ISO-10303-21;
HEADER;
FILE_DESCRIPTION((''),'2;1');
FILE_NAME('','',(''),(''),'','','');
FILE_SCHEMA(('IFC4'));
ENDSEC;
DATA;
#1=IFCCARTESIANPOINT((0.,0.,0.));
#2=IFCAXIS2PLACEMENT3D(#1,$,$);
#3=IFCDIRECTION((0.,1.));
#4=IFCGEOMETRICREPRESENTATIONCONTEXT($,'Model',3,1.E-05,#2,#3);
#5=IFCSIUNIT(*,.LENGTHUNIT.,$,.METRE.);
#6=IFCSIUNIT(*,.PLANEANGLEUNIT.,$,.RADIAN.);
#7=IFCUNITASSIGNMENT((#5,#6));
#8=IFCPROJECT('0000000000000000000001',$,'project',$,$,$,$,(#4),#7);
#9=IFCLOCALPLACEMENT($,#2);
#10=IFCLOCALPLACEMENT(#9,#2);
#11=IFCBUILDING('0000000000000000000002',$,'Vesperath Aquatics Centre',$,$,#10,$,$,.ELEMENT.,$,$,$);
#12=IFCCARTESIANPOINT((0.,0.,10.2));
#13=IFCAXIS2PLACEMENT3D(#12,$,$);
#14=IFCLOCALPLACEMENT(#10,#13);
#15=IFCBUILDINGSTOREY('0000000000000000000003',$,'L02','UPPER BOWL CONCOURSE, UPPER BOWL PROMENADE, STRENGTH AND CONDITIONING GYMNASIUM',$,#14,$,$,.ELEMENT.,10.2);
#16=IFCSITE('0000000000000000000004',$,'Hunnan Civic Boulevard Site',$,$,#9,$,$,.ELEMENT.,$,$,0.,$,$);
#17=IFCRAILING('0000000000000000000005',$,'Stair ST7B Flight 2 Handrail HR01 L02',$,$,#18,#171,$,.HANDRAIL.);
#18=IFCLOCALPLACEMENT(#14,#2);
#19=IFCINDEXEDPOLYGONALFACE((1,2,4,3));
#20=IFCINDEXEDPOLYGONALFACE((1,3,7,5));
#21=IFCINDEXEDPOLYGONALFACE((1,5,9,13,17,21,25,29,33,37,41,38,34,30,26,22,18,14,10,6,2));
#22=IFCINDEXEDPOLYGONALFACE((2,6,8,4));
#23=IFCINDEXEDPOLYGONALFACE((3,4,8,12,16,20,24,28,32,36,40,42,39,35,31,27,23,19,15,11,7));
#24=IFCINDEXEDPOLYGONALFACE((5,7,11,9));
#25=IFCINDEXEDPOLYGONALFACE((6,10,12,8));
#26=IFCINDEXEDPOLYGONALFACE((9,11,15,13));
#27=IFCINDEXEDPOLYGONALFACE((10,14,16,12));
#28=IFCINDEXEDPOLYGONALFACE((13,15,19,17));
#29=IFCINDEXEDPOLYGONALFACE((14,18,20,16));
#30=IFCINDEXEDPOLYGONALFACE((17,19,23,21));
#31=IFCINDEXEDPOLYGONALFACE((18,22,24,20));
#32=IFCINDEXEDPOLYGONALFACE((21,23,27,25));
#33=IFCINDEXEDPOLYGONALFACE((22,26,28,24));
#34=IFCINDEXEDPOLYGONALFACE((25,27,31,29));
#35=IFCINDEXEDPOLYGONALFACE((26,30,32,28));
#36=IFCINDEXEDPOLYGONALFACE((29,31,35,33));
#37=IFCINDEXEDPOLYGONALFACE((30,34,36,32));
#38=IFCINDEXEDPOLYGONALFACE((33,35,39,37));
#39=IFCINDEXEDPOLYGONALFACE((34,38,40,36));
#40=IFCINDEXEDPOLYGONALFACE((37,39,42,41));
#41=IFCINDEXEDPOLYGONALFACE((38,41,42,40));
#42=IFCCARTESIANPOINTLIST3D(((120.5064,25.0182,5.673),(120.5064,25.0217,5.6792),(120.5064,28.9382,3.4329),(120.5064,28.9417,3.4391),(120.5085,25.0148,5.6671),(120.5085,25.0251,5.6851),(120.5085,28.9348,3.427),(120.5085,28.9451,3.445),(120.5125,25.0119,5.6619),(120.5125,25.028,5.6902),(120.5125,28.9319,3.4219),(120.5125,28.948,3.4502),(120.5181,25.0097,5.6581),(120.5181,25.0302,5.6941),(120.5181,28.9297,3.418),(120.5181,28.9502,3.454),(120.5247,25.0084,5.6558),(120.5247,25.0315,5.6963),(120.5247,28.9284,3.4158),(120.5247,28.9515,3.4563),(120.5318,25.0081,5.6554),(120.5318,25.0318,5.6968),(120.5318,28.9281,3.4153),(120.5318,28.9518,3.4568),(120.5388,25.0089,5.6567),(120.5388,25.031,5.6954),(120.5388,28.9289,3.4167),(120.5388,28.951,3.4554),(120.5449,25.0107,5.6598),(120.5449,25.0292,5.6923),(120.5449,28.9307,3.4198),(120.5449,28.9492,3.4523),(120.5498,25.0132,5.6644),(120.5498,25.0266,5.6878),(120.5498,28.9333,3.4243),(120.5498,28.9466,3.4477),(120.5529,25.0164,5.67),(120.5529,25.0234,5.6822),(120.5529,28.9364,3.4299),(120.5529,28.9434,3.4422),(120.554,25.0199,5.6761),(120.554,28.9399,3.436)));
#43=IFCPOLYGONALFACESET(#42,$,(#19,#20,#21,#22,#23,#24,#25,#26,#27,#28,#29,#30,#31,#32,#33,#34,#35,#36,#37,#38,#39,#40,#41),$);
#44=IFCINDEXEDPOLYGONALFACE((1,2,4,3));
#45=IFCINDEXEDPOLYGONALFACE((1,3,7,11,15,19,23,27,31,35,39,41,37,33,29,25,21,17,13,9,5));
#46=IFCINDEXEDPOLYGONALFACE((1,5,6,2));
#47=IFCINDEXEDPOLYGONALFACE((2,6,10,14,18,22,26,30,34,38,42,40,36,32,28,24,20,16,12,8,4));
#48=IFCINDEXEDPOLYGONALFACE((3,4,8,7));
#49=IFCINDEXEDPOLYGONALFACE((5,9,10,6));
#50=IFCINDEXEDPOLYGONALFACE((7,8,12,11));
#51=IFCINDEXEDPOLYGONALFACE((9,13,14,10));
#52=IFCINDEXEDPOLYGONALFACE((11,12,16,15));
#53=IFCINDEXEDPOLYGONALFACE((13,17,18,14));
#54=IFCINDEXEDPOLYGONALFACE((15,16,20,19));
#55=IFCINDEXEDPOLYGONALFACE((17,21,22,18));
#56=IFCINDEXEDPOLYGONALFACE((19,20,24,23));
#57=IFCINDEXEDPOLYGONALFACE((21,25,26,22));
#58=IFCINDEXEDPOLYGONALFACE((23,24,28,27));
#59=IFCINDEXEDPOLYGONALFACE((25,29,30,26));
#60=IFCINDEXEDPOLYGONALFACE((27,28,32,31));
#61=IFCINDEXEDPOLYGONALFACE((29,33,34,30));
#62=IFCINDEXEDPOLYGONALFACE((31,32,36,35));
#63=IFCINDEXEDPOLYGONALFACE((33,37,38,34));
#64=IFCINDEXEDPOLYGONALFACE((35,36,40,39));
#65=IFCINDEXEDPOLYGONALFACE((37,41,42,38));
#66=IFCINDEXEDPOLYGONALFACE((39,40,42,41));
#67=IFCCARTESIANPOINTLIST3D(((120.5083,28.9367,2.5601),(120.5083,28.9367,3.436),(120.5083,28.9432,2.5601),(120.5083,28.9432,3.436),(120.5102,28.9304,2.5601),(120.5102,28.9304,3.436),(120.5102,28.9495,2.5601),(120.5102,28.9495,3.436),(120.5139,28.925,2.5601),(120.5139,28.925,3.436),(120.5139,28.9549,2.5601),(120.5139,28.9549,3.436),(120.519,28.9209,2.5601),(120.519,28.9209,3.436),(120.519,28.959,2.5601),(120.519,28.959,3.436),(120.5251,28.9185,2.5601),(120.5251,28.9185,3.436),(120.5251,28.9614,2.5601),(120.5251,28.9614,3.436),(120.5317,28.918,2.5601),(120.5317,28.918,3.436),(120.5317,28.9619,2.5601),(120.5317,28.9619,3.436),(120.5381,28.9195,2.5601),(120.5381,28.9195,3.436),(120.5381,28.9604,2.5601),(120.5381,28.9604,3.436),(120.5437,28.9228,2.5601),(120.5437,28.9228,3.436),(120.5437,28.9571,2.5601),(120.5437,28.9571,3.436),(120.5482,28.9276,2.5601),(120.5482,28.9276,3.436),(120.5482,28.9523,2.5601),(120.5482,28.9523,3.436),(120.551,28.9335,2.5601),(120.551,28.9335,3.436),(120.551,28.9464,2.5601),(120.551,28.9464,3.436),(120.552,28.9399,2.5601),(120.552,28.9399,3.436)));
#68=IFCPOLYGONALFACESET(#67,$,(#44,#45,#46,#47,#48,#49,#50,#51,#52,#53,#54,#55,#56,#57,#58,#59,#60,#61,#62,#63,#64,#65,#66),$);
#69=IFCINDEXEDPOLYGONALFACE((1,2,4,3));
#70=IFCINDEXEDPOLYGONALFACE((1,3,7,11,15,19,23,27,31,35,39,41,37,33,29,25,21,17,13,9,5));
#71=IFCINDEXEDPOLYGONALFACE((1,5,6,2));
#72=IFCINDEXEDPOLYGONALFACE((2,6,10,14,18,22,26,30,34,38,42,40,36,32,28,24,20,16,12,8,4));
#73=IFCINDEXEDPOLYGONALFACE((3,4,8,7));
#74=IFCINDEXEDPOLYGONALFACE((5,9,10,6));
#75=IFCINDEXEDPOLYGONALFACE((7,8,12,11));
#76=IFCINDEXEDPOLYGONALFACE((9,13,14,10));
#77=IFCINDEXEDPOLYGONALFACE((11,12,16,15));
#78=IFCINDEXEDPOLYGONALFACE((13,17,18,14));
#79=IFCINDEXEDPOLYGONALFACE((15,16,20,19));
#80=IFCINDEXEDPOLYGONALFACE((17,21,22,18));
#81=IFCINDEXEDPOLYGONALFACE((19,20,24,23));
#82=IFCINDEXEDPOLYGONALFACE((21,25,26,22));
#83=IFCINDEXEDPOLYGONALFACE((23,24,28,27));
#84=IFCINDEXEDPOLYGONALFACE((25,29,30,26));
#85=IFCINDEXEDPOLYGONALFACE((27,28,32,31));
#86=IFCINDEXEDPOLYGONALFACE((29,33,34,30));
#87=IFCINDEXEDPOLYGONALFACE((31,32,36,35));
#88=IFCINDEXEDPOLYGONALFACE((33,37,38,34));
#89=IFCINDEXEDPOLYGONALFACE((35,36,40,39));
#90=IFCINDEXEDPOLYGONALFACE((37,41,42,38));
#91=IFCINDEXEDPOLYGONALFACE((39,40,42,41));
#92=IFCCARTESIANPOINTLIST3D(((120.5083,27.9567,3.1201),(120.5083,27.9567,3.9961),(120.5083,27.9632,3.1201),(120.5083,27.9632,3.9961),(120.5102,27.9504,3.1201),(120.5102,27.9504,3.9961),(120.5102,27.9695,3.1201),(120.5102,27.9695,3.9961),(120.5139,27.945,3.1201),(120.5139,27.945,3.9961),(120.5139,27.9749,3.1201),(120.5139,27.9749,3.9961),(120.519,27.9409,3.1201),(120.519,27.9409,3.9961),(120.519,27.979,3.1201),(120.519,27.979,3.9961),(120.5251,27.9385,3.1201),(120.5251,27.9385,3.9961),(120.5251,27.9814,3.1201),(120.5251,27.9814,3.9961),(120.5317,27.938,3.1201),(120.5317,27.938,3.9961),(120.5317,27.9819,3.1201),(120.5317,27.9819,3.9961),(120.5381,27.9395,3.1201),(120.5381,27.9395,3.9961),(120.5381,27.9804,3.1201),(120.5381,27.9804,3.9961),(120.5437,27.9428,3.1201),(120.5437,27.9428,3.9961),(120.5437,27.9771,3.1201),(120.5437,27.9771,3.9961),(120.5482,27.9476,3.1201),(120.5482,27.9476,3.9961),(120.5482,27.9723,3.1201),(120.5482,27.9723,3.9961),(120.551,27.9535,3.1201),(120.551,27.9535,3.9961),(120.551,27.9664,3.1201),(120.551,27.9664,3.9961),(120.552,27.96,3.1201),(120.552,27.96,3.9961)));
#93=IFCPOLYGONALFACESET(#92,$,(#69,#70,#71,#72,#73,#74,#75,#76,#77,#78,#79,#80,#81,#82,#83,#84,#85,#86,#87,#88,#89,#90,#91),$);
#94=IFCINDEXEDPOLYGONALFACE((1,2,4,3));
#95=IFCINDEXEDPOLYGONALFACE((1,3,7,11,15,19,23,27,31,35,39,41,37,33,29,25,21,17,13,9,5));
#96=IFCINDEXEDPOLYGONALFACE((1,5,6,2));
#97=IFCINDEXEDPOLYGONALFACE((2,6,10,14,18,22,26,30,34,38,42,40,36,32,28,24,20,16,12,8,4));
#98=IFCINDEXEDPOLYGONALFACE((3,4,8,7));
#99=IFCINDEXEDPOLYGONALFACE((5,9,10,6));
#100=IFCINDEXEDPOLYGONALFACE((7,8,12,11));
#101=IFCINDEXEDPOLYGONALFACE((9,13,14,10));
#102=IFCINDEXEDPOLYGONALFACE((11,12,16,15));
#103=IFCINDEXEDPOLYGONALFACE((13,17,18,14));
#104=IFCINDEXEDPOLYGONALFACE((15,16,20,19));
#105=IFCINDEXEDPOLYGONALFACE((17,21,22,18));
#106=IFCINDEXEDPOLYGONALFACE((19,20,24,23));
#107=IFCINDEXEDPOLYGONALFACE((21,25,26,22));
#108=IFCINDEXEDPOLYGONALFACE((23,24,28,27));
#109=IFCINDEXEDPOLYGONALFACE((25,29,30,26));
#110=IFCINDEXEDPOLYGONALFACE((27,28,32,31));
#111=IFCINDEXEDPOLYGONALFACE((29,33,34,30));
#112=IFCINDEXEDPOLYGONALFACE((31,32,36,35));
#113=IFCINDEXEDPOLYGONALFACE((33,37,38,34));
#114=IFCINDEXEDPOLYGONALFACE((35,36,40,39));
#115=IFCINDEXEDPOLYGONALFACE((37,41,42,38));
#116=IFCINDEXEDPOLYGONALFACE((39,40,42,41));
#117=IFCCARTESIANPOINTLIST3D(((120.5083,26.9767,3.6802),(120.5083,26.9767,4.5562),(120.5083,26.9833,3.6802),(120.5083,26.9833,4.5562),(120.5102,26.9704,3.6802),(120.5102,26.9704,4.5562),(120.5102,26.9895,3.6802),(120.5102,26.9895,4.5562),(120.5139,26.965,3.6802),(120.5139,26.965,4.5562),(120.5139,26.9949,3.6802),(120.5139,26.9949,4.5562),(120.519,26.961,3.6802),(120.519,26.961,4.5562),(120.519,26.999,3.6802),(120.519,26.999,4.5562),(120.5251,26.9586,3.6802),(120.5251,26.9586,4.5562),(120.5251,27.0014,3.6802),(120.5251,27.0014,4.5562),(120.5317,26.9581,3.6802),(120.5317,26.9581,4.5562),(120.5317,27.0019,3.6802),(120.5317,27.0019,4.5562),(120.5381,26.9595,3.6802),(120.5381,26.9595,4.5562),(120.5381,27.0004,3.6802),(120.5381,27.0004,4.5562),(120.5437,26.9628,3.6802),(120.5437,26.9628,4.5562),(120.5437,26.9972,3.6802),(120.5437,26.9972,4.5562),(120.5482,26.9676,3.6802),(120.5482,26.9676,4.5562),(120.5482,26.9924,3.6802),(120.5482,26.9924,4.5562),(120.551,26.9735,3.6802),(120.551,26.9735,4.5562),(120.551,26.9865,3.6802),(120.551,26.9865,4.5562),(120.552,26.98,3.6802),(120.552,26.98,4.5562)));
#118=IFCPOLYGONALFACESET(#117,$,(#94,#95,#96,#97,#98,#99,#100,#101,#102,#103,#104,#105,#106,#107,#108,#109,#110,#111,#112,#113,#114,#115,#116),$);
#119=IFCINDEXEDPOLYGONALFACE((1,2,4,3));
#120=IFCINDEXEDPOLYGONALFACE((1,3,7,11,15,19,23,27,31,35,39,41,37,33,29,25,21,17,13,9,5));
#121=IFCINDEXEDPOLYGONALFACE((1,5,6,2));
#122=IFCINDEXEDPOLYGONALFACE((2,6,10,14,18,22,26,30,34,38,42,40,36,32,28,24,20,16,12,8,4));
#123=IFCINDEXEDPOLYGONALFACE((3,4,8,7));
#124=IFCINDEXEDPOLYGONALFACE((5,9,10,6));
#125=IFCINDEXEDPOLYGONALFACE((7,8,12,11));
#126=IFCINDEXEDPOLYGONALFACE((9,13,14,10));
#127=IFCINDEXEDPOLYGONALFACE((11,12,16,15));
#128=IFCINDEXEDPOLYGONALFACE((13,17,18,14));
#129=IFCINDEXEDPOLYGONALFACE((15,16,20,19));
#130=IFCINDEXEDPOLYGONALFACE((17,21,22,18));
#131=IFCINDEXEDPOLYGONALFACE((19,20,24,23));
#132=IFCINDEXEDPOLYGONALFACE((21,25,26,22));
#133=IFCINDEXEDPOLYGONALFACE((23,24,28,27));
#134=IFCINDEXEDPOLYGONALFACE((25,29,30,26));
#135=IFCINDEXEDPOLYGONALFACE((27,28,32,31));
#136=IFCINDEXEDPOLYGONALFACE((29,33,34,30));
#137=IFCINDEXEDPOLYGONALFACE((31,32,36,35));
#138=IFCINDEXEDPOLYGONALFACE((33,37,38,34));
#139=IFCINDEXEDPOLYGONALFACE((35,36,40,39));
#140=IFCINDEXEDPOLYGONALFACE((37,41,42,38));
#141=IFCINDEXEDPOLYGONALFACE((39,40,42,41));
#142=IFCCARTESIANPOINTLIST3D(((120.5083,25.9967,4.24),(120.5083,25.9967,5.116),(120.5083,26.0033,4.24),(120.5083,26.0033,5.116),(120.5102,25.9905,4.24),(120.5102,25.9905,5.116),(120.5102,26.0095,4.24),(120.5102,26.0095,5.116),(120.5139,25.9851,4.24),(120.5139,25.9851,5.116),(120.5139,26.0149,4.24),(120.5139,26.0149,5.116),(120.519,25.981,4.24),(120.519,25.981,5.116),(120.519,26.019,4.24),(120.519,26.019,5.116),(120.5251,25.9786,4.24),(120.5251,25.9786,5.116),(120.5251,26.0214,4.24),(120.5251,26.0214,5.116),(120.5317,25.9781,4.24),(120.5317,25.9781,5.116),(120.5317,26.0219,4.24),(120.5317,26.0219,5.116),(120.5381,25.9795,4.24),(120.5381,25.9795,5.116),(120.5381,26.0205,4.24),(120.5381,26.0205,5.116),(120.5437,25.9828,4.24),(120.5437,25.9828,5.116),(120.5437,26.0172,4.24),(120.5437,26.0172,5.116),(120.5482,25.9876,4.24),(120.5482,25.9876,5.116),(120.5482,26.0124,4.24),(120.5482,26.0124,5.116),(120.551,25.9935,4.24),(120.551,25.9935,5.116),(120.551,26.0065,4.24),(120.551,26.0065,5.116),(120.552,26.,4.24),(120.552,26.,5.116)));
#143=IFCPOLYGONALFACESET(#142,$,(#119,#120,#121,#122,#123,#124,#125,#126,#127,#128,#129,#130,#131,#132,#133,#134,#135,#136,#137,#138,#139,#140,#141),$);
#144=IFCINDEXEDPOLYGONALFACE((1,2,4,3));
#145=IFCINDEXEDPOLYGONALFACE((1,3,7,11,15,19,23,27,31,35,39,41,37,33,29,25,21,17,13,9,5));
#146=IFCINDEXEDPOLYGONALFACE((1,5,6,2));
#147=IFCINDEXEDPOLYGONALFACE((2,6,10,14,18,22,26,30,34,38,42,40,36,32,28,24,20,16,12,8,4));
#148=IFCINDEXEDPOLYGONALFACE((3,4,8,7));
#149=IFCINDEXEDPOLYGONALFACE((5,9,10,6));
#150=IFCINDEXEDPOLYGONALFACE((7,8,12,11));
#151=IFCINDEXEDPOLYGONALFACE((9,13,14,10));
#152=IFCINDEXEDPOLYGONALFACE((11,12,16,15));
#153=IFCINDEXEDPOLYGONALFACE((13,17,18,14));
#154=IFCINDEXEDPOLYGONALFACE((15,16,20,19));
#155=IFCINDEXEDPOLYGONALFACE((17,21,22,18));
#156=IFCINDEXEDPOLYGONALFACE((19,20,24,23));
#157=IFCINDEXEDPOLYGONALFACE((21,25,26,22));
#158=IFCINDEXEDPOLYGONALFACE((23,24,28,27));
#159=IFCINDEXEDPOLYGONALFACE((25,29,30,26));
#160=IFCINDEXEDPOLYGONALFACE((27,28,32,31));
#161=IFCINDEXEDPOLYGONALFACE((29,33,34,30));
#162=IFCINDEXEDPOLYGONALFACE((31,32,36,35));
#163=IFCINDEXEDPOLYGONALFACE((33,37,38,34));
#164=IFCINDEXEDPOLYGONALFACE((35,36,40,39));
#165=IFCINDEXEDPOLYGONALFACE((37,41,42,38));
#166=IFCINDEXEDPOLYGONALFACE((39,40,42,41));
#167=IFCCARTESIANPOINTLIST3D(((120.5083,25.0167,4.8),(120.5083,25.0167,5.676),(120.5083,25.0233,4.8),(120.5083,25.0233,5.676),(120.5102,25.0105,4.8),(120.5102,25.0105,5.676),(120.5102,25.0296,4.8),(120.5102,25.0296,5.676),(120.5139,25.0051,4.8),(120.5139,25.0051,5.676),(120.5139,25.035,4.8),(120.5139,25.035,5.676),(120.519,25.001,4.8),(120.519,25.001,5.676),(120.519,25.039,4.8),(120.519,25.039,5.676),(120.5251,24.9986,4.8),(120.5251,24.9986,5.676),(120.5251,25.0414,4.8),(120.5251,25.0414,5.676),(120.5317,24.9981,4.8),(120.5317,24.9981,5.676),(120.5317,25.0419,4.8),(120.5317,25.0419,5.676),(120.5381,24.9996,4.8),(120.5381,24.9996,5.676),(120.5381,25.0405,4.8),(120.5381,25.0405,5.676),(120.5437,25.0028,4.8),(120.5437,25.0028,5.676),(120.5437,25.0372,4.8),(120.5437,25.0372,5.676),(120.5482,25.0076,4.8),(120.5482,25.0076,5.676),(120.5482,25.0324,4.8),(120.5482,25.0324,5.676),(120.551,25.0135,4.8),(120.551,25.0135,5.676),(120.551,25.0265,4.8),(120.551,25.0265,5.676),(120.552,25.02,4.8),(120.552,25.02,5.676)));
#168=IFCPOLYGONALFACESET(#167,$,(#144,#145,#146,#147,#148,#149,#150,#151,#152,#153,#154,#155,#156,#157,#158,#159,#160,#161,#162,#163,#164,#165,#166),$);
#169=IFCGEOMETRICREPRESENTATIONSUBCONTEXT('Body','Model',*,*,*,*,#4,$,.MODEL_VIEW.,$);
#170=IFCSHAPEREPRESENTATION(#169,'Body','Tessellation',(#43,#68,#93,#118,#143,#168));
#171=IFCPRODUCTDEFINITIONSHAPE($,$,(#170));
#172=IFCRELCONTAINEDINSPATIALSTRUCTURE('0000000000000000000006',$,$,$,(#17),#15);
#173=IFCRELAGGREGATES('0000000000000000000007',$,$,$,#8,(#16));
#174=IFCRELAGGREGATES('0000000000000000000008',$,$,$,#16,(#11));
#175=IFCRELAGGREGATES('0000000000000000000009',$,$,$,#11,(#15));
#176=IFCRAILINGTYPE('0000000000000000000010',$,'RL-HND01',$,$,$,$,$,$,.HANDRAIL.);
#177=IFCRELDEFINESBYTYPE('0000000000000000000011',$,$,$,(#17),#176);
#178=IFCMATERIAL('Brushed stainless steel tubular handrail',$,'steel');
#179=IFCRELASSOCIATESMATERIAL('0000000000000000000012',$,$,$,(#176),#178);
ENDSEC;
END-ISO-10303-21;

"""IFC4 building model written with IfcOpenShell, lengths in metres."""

from ifc_helpers import new_model, si_unit, direction, frame, origin, origin_2d, place, context, subcontext, project, spatial, circle, extrude, material, type_object, element, save


model = new_model("IFC4")

# Units and contexts
model_context = context("Model", 3, precision=1e-05, world=origin(), true_north=direction((0.0, 1.0)))
body_context = subcontext(model_context, "Body", "Model", "MODEL_VIEW")
ifc_project = project(units=[si_unit("LENGTHUNIT", "METRE"), si_unit("PLANEANGLEUNIT", "RADIAN")], contexts=[model_context])

# Site, building, storey
site_placement = place(None, origin())
site = spatial("IfcSite", under=ifc_project, at=site_placement, Name="Hunnan Civic Boulevard Site", CompositionType="ELEMENT", RefElevation=0.0)
building_placement = place(site_placement, origin())
building = spatial("IfcBuilding", under=site, at=building_placement, Name="Vesperath Aquatics Centre", CompositionType="ELEMENT")
storey_placement = place(building_placement, frame((0.0, 0.0, 10.2)))
storey = spatial("IfcBuildingStorey", under=building, at=storey_placement, Name="L02", Description="UPPER BOWL CONCOURSE, UPPER BOWL PROMENADE, STRENGTH AND CONDITIONING GYMNASIUM", CompositionType="ELEMENT", Elevation=10.2)

# Railing
ifc_material_1 = material(Name="Brushed stainless steel tubular handrail", Category="steel")
railing_type_1 = type_object("IfcRailingType", Name="RL-HND01", PredefinedType="HANDRAIL", material=ifc_material_1)
for number, where, name in (
    (1, (120.53, 28.9399, 2.5601), "Stair ST7B Flight 2 Handrail HR01 L02"),
):
    element("IfcRailing", number, at=place(storey_placement, frame(where)), inside=storey, type_object=railing_type_1, Name=name, PredefinedType="HANDRAIL", context=body_context, shape_type="SweptSolid", body=[
        extrude(circle(Radius=0.0239, at=origin_2d()), frame((0.0, 0.0, 0.876), z_axis=(0.0, -0.86824, 0.496145), x_axis=(1.0, 0.0, 0.0)), (0.0, 0.0, 1.0), 4.5149),
        extrude(circle(Radius=0.022, at=origin_2d()), origin(), (0.0, 0.0, 1.0), 0.876),
        extrude(circle(Radius=0.022, at=origin_2d()), frame((0.0, -0.98, 0.5601)), (0.0, 0.0, 1.0), 0.876),
        extrude(circle(Radius=0.022, at=origin_2d()), frame((0.0, -1.96, 1.1201)), (0.0, 0.0, 1.0), 0.876),
        extrude(circle(Radius=0.022, at=origin_2d()), frame((0.0, -2.9399, 1.6799)), (0.0, 0.0, 1.0), 0.876),
        extrude(circle(Radius=0.022, at=origin_2d()), frame((0.0, -3.9199, 2.24)), (0.0, 0.0, 1.0), 0.876),
    ])

save(model, "model.ifc")
